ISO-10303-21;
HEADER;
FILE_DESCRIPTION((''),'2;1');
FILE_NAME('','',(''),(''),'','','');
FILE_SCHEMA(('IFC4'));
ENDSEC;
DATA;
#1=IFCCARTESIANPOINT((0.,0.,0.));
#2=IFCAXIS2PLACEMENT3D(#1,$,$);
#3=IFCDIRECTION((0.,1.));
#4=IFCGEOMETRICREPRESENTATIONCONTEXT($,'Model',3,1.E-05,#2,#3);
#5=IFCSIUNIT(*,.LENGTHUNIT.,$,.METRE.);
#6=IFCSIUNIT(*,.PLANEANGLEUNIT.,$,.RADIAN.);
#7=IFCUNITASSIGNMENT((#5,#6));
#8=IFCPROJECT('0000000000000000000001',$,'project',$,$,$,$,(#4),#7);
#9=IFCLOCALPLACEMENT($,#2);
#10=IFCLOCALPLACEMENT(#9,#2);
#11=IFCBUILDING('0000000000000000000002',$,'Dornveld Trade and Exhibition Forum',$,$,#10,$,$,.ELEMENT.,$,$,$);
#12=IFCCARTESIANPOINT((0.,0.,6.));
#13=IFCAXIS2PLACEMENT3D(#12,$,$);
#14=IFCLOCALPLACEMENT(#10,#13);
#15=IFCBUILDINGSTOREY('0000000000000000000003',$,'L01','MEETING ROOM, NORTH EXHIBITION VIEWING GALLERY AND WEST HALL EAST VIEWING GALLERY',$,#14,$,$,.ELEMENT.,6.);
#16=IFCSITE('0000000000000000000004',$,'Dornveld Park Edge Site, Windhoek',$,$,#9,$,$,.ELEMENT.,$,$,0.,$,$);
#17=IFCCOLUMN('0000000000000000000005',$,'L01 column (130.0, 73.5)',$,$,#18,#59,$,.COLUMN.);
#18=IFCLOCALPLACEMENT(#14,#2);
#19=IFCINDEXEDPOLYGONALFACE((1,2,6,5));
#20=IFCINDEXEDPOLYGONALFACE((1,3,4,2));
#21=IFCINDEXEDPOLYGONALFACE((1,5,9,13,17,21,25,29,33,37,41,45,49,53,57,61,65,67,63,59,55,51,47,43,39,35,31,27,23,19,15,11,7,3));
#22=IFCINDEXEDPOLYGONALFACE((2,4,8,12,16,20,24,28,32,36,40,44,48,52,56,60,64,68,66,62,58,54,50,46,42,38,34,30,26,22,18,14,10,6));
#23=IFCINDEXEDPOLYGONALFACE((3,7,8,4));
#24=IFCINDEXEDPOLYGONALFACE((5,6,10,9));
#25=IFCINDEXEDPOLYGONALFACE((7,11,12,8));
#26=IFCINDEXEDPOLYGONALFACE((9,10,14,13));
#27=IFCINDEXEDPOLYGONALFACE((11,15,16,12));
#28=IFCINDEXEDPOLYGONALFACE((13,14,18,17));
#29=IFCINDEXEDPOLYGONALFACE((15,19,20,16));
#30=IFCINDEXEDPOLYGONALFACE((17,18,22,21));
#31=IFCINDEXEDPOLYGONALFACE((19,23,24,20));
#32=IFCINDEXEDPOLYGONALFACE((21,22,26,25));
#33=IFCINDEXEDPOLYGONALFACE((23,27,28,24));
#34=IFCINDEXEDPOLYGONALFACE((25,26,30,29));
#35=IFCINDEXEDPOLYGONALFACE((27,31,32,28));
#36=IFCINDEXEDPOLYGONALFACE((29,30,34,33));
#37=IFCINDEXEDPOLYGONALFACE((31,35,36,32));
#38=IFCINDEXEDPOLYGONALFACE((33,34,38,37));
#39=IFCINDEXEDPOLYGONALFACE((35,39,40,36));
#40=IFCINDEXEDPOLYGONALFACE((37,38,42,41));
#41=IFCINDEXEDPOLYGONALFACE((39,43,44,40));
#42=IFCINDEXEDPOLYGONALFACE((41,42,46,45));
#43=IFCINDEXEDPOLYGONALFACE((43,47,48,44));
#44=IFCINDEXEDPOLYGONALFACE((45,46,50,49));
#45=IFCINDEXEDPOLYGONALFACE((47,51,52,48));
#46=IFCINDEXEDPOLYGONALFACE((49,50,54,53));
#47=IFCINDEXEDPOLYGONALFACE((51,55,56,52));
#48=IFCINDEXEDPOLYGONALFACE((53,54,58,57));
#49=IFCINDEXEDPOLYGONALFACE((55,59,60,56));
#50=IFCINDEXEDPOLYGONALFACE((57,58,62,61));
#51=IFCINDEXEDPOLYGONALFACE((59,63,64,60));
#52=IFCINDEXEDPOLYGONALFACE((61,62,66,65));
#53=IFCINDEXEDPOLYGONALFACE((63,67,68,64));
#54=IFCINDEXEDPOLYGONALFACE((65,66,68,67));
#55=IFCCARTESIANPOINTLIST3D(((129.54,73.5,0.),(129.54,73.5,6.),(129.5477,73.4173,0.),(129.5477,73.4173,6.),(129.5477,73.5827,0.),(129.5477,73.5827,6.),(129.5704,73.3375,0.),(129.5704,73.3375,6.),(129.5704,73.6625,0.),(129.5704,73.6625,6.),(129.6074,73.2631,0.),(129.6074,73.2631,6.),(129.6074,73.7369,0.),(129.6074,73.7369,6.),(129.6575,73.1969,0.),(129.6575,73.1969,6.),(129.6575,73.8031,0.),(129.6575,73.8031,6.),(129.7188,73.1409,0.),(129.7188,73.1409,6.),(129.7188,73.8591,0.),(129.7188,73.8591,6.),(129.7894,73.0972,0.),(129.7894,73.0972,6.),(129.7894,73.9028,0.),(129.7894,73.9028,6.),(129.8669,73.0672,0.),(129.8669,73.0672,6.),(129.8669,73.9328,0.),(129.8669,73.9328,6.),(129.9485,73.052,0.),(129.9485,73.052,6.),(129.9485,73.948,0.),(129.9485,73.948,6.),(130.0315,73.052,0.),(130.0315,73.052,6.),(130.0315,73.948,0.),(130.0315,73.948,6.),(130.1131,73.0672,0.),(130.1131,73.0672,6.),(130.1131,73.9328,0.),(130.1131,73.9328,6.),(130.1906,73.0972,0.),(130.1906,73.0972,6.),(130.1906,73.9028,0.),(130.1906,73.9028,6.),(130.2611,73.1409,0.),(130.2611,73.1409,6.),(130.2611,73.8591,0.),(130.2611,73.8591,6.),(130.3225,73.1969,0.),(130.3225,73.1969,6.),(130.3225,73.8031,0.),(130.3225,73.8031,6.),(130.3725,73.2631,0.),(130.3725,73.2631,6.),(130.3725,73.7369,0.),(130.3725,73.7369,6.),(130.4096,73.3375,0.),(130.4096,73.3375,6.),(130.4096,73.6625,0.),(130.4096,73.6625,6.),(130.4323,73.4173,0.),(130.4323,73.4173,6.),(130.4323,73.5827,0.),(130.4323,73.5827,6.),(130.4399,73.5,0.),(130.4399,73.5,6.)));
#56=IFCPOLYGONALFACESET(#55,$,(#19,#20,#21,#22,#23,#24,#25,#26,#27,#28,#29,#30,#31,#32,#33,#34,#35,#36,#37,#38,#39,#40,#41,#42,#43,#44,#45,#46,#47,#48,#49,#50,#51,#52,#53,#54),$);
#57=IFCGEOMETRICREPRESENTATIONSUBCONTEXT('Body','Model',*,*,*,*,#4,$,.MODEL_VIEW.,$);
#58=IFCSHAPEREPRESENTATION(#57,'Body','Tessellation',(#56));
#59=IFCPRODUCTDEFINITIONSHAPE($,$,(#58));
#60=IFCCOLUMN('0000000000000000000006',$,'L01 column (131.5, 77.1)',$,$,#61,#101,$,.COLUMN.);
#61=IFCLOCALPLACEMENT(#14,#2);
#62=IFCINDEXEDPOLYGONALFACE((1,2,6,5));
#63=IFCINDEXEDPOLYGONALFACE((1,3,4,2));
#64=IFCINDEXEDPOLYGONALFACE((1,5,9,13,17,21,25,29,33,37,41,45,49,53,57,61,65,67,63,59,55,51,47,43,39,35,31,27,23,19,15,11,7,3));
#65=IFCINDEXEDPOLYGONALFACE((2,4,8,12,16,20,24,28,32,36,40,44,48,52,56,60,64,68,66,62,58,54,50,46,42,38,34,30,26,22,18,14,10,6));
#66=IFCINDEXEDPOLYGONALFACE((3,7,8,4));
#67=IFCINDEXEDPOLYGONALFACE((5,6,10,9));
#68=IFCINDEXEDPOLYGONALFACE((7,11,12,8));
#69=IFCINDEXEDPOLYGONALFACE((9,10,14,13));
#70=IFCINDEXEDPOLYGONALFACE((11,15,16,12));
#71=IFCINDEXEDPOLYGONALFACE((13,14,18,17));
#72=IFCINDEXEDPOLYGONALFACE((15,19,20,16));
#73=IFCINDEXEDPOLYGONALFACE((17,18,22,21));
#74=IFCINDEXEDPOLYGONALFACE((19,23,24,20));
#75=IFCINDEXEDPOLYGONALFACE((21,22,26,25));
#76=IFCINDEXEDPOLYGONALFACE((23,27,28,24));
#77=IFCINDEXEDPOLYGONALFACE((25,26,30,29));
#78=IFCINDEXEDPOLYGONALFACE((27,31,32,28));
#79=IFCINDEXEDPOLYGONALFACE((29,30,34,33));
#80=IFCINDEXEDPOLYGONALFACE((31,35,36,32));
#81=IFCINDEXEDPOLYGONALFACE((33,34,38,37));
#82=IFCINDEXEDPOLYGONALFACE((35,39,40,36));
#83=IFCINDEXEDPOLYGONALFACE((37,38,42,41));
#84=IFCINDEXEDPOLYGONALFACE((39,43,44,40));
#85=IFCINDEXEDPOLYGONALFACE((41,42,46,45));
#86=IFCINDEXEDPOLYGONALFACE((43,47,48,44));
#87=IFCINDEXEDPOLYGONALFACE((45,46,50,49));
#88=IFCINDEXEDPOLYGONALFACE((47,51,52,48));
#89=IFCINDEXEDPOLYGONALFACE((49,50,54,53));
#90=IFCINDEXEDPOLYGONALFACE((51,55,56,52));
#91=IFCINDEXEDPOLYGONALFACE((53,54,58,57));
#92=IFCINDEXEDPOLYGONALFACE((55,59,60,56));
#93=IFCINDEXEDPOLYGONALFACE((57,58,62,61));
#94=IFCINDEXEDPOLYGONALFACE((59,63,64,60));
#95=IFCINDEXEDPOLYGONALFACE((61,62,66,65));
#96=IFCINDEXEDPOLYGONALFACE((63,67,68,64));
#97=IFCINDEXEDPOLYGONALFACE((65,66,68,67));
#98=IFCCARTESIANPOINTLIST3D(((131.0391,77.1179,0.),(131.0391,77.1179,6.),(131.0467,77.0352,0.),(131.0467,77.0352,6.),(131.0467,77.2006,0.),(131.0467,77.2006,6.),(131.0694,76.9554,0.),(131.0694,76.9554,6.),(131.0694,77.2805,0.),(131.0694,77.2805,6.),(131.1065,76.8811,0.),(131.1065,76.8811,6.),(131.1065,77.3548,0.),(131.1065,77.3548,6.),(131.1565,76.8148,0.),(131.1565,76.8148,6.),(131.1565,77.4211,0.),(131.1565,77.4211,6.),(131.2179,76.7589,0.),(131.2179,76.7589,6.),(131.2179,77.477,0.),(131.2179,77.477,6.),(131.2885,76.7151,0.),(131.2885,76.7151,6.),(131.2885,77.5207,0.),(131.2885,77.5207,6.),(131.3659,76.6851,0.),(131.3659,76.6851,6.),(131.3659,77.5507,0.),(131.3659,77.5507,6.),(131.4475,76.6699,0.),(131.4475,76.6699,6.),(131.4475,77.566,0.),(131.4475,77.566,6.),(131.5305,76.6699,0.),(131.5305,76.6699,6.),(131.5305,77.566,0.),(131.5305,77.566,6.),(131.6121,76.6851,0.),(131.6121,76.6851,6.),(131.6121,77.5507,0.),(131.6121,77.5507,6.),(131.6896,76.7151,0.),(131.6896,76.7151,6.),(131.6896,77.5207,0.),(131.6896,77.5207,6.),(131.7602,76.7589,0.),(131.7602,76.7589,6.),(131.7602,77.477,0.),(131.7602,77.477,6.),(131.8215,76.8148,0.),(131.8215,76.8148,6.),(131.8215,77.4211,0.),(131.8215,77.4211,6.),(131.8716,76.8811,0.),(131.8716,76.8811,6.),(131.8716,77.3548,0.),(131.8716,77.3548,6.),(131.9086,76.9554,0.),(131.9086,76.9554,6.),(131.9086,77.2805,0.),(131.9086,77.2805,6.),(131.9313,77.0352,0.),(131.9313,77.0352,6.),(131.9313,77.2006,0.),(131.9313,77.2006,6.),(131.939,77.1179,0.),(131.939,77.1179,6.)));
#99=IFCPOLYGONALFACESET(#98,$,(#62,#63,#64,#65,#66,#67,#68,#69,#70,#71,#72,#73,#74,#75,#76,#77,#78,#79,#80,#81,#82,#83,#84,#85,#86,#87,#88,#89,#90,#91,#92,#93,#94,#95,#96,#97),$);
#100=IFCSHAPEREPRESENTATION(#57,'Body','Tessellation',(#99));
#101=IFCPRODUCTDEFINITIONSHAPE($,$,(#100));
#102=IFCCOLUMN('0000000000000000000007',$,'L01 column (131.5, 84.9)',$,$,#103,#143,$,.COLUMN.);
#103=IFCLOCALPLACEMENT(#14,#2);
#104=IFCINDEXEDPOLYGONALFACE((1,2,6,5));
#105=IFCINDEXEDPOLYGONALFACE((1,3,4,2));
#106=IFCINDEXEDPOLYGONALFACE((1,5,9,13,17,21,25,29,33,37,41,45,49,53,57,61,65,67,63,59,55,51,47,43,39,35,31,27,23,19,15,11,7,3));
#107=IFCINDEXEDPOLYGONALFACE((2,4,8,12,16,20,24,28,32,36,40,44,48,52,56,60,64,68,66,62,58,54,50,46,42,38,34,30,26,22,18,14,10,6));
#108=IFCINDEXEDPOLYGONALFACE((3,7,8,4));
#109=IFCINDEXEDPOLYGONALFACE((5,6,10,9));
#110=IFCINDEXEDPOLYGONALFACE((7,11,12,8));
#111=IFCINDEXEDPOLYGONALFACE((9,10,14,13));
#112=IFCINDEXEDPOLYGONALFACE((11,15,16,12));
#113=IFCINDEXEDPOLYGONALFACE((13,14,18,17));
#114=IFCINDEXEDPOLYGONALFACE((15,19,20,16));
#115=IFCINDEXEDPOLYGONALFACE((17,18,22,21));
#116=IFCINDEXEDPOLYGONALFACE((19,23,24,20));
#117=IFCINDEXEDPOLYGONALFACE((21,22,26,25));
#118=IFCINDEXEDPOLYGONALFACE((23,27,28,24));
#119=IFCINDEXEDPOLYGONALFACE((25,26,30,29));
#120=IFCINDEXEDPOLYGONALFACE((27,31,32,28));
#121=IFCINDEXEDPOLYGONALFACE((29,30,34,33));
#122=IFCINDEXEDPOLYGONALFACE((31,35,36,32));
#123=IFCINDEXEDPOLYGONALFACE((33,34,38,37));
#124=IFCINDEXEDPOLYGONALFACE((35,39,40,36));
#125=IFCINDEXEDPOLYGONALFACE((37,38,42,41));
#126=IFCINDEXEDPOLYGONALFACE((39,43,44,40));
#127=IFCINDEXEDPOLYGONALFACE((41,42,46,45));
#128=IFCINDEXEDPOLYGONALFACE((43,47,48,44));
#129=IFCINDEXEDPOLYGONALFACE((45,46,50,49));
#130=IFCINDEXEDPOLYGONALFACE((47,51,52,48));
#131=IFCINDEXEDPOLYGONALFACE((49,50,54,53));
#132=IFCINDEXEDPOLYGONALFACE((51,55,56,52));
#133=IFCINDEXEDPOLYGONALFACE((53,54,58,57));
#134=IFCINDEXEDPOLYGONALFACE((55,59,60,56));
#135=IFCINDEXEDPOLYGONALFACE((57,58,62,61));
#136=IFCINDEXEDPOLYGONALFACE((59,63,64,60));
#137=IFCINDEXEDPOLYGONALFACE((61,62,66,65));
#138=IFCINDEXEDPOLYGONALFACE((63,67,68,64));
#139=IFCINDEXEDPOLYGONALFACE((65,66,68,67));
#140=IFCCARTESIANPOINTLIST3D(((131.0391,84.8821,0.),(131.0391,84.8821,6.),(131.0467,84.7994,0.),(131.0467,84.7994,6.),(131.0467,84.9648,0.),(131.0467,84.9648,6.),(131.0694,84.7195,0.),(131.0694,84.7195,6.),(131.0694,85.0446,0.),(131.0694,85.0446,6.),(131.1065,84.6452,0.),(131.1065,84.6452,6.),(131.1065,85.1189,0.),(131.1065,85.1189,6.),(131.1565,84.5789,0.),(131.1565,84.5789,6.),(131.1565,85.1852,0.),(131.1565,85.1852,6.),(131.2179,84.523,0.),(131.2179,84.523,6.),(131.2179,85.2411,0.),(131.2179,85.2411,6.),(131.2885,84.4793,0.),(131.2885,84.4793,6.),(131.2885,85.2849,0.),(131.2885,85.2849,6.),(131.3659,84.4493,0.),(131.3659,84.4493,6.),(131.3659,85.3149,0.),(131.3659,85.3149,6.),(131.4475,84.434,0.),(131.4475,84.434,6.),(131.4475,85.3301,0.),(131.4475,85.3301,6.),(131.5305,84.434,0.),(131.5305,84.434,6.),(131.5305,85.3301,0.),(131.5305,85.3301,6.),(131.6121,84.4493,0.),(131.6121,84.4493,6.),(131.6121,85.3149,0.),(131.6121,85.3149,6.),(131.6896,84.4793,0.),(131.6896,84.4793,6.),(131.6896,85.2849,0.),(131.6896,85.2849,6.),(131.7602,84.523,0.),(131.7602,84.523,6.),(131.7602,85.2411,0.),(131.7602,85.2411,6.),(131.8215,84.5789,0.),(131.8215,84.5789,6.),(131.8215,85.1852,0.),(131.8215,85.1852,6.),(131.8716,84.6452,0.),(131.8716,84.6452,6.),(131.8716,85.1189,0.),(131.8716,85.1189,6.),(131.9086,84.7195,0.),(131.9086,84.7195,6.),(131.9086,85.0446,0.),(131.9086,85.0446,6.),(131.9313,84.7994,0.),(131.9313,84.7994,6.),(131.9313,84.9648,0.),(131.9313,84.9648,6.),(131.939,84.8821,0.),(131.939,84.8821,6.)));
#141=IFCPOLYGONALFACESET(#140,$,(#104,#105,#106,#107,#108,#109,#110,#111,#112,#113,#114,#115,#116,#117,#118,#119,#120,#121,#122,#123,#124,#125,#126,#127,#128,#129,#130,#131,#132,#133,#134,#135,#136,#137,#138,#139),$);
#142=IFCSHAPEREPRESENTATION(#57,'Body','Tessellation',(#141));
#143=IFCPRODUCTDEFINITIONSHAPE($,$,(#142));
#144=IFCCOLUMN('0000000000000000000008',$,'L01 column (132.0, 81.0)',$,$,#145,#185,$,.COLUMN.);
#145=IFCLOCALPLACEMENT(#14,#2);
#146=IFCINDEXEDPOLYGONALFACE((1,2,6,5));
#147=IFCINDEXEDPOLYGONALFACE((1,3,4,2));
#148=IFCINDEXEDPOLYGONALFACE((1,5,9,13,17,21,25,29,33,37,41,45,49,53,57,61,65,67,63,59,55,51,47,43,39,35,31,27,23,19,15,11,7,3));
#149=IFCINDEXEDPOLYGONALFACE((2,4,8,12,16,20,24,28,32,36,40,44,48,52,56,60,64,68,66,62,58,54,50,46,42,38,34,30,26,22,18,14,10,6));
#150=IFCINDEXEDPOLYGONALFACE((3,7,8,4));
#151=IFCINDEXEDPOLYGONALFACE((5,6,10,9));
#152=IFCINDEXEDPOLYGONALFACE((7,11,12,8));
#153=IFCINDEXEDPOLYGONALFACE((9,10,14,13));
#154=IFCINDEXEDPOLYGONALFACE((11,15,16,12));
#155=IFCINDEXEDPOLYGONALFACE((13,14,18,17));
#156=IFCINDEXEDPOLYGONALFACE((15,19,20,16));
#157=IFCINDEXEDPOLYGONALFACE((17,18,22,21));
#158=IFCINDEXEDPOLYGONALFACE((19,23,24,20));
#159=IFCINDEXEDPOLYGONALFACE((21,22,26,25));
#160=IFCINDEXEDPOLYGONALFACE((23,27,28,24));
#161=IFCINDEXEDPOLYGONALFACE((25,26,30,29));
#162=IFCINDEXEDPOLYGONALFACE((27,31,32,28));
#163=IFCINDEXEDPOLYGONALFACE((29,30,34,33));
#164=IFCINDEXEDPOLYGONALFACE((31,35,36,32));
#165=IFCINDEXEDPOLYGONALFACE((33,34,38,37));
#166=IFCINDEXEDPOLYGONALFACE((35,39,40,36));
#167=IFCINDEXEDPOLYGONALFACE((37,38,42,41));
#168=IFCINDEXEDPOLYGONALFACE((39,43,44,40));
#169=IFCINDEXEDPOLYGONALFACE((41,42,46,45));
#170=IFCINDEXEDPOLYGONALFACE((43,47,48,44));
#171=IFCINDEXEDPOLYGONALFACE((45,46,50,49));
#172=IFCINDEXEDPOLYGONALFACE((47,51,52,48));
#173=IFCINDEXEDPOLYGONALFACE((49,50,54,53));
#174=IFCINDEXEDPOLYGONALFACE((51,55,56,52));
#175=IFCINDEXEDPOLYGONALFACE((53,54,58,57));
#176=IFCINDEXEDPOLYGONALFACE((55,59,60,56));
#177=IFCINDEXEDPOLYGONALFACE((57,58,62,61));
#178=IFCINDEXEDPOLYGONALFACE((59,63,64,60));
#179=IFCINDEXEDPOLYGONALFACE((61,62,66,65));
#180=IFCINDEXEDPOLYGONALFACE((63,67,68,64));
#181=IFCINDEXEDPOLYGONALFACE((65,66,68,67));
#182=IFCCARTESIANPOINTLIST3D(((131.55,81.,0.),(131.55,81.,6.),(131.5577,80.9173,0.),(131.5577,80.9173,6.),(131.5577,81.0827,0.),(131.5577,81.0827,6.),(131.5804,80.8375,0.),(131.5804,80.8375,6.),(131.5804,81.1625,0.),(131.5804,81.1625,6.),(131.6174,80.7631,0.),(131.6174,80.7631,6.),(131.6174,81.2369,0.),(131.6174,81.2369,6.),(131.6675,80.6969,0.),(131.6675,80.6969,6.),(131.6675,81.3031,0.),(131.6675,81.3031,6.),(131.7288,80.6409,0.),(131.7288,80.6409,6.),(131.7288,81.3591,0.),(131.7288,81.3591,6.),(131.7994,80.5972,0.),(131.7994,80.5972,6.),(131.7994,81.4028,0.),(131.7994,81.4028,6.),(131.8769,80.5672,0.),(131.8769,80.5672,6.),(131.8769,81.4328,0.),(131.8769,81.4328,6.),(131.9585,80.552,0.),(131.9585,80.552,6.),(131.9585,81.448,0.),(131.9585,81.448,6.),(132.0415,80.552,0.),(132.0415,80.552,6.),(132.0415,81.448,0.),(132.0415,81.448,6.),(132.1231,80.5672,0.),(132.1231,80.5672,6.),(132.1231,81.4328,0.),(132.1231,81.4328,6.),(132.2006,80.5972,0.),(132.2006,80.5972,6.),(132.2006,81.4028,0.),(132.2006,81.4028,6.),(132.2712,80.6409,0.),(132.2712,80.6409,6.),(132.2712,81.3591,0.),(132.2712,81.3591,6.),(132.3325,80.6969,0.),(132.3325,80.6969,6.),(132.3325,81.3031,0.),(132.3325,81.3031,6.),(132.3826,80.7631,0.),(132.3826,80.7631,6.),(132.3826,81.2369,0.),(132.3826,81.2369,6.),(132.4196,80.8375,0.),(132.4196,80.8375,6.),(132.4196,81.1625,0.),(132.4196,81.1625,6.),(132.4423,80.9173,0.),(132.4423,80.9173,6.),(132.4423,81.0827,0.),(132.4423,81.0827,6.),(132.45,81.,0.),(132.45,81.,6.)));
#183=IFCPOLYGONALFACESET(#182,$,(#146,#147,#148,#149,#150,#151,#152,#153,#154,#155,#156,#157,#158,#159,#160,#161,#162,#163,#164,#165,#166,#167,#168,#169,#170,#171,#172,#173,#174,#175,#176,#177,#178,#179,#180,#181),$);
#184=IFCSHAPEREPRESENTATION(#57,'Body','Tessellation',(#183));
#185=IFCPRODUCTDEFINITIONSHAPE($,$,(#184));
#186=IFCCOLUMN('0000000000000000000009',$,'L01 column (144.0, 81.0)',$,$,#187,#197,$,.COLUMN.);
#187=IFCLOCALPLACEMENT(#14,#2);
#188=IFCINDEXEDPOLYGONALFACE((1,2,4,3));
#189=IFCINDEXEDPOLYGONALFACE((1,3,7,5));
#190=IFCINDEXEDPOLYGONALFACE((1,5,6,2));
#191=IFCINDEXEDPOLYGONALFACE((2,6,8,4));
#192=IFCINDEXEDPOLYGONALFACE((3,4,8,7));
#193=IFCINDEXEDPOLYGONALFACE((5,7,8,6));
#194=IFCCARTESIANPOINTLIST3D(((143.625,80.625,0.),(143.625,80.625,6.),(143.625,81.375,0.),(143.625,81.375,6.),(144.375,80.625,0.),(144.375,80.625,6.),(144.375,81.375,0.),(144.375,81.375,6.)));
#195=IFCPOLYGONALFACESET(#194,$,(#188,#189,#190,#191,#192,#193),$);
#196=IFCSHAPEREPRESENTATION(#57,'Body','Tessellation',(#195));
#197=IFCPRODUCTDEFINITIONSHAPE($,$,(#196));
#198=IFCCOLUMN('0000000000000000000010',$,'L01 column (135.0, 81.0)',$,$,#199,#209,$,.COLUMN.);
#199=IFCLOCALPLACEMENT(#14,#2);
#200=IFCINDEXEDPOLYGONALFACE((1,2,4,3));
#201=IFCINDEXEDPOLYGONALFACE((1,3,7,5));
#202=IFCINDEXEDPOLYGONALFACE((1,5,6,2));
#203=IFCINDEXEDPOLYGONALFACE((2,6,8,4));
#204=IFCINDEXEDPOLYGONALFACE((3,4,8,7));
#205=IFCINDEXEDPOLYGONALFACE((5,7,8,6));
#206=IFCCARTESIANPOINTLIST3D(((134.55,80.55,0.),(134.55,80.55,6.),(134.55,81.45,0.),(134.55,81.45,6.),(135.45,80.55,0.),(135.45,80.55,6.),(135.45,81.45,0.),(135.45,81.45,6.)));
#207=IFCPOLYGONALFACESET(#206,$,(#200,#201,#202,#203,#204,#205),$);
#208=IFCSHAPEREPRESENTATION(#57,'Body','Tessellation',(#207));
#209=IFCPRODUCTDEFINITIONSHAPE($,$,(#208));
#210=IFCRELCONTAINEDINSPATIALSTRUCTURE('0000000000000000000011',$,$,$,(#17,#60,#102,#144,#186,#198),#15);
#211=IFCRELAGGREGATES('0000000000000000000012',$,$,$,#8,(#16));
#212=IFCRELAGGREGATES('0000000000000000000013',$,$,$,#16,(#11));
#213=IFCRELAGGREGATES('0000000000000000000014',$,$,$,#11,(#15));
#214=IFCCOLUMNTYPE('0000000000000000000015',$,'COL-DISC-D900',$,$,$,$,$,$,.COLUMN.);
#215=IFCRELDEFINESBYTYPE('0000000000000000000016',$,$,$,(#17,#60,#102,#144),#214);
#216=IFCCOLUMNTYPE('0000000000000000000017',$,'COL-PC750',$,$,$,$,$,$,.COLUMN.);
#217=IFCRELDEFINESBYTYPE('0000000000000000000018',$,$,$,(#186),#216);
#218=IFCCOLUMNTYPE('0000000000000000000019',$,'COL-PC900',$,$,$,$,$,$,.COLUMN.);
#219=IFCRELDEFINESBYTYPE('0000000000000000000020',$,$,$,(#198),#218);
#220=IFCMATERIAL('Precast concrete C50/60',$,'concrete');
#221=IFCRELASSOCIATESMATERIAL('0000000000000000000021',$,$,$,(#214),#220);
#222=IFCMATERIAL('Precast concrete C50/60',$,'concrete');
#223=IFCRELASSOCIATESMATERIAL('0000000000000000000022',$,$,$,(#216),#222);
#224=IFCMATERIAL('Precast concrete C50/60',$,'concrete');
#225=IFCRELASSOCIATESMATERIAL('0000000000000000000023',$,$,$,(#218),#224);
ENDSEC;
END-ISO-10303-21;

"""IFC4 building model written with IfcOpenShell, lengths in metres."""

from ifc_helpers import new_model, si_unit, direction, frame, origin, origin_2d, place, context, subcontext, project, spatial, rectangle, circle, extrude, material, material_profile, profile_set, type_object, element, save


model = new_model("IFC4")

# Units and contexts
model_context = context("Model", 3, precision=1e-05, world=origin(), true_north=direction((0.0, 1.0)))
body_context = subcontext(model_context, "Body", "Model", "MODEL_VIEW")
ifc_project = project(units=[si_unit("LENGTHUNIT", "METRE"), si_unit("PLANEANGLEUNIT", "RADIAN")], contexts=[model_context])

# Site, building, storey
site_placement = place(None, origin())
site = spatial("IfcSite", under=ifc_project, at=site_placement, Name="Dornveld Park Edge Site, Windhoek", CompositionType="ELEMENT", RefElevation=0.0)
building_placement = place(site_placement, origin())
building = spatial("IfcBuilding", under=site, at=building_placement, Name="Dornveld Trade and Exhibition Forum", CompositionType="ELEMENT")
storey_placement = place(building_placement, frame((0.0, 0.0, 6.0)))
storey = spatial("IfcBuildingStorey", under=building, at=storey_placement, Name="L01", Description="MEETING ROOM, NORTH EXHIBITION VIEWING GALLERY AND WEST HALL EAST VIEWING GALLERY", CompositionType="ELEMENT", Elevation=6.0)

# Columns
ifc_material_1 = material(Name="Precast concrete C50/60", Category="concrete")
ifc_material_profile_1 = material_profile(ifc_material_1, circle(Radius=0.45, at=origin_2d()), Name="PC-COL D900")
ifc_profile_set_1 = profile_set([ifc_material_profile_1], Name="Precast concrete C50/60")
column_type_1 = type_object("IfcColumnType", Name="COL-DISC-D900", PredefinedType="COLUMN", material=ifc_profile_set_1)
for number, where, z_axis, x_axis, name in (
    (1, (129.99, 73.5, 0.0), (0.0, 0.0, 1.0), (1.0, 0.0, 0.0), "L01 column (130.0, 73.5)"),
    (2, (131.489, 77.1179, 0.0), (0.0, 0.0, 1.0), (1.0, 0.0, 0.0), "L01 column (131.5, 77.1)"),
    (3, (131.489, 84.8821, 0.0), (0.0, 0.0, 1.0), (1.0, 0.0, 0.0), "L01 column (131.5, 84.9)"),
    (4, (132.0, 81.0, 0.0), (0.0, 0.0, 1.0), (1.0, 0.0, 0.0), "L01 column (132.0, 81.0)"),
):
    element("IfcColumn", number, at=place(storey_placement, frame(where, z_axis=z_axis, x_axis=x_axis)), inside=storey, type_object=column_type_1, Name=name, PredefinedType="COLUMN", context=body_context, shape_type="SweptSolid", body=[
        extrude(circle(Radius=0.45, at=origin_2d()), origin(), (0.0, 0.0, 1.0), 6.0),
    ])
ifc_material_2 = material(Name="Precast concrete C50/60", Category="concrete")
ifc_material_profile_2 = material_profile(ifc_material_2, rectangle(XDim=0.75, YDim=0.75, at=origin_2d()), Name="PC-COL 750x750")
ifc_profile_set_2 = profile_set([ifc_material_profile_2], Name="Precast concrete C50/60")
column_type_2 = type_object("IfcColumnType", Name="COL-PC750", PredefinedType="COLUMN", material=ifc_profile_set_2)
column_1_placement = place(storey_placement, frame((144.0, 81.0, 0.0), z_axis=(0.0, 0.0, 1.0), x_axis=(1.0, 0.0, 0.0)))
element("IfcColumn", 5, at=column_1_placement, inside=storey, type_object=column_type_2, Name="L01 column (144.0, 81.0)", PredefinedType="COLUMN", context=body_context, shape_type="SweptSolid", body=[
    extrude(rectangle(XDim=0.75, YDim=0.75, at=origin_2d()), origin(), (0.0, 0.0, 1.0), 6.0),
])
ifc_material_3 = material(Name="Precast concrete C50/60", Category="concrete")
ifc_material_profile_3 = material_profile(ifc_material_3, rectangle(XDim=0.8999, YDim=0.8999, at=origin_2d()), Name="PC-COL 900x900")
ifc_profile_set_3 = profile_set([ifc_material_profile_3], Name="Precast concrete C50/60")
column_type_3 = type_object("IfcColumnType", Name="COL-PC900", PredefinedType="COLUMN", material=ifc_profile_set_3)
column_2_placement = place(storey_placement, frame((135.0, 81.0, 0.0), z_axis=(0.0, 0.0, 1.0), x_axis=(1.0, 0.0, 0.0)))
element("IfcColumn", 6, at=column_2_placement, inside=storey, type_object=column_type_3, Name="L01 column (135.0, 81.0)", PredefinedType="COLUMN", context=body_context, shape_type="SweptSolid", body=[
    extrude(rectangle(XDim=0.8999, YDim=0.8999, at=origin_2d()), origin(), (0.0, 0.0, 1.0), 6.0),
])

save(model, "model.ifc")
